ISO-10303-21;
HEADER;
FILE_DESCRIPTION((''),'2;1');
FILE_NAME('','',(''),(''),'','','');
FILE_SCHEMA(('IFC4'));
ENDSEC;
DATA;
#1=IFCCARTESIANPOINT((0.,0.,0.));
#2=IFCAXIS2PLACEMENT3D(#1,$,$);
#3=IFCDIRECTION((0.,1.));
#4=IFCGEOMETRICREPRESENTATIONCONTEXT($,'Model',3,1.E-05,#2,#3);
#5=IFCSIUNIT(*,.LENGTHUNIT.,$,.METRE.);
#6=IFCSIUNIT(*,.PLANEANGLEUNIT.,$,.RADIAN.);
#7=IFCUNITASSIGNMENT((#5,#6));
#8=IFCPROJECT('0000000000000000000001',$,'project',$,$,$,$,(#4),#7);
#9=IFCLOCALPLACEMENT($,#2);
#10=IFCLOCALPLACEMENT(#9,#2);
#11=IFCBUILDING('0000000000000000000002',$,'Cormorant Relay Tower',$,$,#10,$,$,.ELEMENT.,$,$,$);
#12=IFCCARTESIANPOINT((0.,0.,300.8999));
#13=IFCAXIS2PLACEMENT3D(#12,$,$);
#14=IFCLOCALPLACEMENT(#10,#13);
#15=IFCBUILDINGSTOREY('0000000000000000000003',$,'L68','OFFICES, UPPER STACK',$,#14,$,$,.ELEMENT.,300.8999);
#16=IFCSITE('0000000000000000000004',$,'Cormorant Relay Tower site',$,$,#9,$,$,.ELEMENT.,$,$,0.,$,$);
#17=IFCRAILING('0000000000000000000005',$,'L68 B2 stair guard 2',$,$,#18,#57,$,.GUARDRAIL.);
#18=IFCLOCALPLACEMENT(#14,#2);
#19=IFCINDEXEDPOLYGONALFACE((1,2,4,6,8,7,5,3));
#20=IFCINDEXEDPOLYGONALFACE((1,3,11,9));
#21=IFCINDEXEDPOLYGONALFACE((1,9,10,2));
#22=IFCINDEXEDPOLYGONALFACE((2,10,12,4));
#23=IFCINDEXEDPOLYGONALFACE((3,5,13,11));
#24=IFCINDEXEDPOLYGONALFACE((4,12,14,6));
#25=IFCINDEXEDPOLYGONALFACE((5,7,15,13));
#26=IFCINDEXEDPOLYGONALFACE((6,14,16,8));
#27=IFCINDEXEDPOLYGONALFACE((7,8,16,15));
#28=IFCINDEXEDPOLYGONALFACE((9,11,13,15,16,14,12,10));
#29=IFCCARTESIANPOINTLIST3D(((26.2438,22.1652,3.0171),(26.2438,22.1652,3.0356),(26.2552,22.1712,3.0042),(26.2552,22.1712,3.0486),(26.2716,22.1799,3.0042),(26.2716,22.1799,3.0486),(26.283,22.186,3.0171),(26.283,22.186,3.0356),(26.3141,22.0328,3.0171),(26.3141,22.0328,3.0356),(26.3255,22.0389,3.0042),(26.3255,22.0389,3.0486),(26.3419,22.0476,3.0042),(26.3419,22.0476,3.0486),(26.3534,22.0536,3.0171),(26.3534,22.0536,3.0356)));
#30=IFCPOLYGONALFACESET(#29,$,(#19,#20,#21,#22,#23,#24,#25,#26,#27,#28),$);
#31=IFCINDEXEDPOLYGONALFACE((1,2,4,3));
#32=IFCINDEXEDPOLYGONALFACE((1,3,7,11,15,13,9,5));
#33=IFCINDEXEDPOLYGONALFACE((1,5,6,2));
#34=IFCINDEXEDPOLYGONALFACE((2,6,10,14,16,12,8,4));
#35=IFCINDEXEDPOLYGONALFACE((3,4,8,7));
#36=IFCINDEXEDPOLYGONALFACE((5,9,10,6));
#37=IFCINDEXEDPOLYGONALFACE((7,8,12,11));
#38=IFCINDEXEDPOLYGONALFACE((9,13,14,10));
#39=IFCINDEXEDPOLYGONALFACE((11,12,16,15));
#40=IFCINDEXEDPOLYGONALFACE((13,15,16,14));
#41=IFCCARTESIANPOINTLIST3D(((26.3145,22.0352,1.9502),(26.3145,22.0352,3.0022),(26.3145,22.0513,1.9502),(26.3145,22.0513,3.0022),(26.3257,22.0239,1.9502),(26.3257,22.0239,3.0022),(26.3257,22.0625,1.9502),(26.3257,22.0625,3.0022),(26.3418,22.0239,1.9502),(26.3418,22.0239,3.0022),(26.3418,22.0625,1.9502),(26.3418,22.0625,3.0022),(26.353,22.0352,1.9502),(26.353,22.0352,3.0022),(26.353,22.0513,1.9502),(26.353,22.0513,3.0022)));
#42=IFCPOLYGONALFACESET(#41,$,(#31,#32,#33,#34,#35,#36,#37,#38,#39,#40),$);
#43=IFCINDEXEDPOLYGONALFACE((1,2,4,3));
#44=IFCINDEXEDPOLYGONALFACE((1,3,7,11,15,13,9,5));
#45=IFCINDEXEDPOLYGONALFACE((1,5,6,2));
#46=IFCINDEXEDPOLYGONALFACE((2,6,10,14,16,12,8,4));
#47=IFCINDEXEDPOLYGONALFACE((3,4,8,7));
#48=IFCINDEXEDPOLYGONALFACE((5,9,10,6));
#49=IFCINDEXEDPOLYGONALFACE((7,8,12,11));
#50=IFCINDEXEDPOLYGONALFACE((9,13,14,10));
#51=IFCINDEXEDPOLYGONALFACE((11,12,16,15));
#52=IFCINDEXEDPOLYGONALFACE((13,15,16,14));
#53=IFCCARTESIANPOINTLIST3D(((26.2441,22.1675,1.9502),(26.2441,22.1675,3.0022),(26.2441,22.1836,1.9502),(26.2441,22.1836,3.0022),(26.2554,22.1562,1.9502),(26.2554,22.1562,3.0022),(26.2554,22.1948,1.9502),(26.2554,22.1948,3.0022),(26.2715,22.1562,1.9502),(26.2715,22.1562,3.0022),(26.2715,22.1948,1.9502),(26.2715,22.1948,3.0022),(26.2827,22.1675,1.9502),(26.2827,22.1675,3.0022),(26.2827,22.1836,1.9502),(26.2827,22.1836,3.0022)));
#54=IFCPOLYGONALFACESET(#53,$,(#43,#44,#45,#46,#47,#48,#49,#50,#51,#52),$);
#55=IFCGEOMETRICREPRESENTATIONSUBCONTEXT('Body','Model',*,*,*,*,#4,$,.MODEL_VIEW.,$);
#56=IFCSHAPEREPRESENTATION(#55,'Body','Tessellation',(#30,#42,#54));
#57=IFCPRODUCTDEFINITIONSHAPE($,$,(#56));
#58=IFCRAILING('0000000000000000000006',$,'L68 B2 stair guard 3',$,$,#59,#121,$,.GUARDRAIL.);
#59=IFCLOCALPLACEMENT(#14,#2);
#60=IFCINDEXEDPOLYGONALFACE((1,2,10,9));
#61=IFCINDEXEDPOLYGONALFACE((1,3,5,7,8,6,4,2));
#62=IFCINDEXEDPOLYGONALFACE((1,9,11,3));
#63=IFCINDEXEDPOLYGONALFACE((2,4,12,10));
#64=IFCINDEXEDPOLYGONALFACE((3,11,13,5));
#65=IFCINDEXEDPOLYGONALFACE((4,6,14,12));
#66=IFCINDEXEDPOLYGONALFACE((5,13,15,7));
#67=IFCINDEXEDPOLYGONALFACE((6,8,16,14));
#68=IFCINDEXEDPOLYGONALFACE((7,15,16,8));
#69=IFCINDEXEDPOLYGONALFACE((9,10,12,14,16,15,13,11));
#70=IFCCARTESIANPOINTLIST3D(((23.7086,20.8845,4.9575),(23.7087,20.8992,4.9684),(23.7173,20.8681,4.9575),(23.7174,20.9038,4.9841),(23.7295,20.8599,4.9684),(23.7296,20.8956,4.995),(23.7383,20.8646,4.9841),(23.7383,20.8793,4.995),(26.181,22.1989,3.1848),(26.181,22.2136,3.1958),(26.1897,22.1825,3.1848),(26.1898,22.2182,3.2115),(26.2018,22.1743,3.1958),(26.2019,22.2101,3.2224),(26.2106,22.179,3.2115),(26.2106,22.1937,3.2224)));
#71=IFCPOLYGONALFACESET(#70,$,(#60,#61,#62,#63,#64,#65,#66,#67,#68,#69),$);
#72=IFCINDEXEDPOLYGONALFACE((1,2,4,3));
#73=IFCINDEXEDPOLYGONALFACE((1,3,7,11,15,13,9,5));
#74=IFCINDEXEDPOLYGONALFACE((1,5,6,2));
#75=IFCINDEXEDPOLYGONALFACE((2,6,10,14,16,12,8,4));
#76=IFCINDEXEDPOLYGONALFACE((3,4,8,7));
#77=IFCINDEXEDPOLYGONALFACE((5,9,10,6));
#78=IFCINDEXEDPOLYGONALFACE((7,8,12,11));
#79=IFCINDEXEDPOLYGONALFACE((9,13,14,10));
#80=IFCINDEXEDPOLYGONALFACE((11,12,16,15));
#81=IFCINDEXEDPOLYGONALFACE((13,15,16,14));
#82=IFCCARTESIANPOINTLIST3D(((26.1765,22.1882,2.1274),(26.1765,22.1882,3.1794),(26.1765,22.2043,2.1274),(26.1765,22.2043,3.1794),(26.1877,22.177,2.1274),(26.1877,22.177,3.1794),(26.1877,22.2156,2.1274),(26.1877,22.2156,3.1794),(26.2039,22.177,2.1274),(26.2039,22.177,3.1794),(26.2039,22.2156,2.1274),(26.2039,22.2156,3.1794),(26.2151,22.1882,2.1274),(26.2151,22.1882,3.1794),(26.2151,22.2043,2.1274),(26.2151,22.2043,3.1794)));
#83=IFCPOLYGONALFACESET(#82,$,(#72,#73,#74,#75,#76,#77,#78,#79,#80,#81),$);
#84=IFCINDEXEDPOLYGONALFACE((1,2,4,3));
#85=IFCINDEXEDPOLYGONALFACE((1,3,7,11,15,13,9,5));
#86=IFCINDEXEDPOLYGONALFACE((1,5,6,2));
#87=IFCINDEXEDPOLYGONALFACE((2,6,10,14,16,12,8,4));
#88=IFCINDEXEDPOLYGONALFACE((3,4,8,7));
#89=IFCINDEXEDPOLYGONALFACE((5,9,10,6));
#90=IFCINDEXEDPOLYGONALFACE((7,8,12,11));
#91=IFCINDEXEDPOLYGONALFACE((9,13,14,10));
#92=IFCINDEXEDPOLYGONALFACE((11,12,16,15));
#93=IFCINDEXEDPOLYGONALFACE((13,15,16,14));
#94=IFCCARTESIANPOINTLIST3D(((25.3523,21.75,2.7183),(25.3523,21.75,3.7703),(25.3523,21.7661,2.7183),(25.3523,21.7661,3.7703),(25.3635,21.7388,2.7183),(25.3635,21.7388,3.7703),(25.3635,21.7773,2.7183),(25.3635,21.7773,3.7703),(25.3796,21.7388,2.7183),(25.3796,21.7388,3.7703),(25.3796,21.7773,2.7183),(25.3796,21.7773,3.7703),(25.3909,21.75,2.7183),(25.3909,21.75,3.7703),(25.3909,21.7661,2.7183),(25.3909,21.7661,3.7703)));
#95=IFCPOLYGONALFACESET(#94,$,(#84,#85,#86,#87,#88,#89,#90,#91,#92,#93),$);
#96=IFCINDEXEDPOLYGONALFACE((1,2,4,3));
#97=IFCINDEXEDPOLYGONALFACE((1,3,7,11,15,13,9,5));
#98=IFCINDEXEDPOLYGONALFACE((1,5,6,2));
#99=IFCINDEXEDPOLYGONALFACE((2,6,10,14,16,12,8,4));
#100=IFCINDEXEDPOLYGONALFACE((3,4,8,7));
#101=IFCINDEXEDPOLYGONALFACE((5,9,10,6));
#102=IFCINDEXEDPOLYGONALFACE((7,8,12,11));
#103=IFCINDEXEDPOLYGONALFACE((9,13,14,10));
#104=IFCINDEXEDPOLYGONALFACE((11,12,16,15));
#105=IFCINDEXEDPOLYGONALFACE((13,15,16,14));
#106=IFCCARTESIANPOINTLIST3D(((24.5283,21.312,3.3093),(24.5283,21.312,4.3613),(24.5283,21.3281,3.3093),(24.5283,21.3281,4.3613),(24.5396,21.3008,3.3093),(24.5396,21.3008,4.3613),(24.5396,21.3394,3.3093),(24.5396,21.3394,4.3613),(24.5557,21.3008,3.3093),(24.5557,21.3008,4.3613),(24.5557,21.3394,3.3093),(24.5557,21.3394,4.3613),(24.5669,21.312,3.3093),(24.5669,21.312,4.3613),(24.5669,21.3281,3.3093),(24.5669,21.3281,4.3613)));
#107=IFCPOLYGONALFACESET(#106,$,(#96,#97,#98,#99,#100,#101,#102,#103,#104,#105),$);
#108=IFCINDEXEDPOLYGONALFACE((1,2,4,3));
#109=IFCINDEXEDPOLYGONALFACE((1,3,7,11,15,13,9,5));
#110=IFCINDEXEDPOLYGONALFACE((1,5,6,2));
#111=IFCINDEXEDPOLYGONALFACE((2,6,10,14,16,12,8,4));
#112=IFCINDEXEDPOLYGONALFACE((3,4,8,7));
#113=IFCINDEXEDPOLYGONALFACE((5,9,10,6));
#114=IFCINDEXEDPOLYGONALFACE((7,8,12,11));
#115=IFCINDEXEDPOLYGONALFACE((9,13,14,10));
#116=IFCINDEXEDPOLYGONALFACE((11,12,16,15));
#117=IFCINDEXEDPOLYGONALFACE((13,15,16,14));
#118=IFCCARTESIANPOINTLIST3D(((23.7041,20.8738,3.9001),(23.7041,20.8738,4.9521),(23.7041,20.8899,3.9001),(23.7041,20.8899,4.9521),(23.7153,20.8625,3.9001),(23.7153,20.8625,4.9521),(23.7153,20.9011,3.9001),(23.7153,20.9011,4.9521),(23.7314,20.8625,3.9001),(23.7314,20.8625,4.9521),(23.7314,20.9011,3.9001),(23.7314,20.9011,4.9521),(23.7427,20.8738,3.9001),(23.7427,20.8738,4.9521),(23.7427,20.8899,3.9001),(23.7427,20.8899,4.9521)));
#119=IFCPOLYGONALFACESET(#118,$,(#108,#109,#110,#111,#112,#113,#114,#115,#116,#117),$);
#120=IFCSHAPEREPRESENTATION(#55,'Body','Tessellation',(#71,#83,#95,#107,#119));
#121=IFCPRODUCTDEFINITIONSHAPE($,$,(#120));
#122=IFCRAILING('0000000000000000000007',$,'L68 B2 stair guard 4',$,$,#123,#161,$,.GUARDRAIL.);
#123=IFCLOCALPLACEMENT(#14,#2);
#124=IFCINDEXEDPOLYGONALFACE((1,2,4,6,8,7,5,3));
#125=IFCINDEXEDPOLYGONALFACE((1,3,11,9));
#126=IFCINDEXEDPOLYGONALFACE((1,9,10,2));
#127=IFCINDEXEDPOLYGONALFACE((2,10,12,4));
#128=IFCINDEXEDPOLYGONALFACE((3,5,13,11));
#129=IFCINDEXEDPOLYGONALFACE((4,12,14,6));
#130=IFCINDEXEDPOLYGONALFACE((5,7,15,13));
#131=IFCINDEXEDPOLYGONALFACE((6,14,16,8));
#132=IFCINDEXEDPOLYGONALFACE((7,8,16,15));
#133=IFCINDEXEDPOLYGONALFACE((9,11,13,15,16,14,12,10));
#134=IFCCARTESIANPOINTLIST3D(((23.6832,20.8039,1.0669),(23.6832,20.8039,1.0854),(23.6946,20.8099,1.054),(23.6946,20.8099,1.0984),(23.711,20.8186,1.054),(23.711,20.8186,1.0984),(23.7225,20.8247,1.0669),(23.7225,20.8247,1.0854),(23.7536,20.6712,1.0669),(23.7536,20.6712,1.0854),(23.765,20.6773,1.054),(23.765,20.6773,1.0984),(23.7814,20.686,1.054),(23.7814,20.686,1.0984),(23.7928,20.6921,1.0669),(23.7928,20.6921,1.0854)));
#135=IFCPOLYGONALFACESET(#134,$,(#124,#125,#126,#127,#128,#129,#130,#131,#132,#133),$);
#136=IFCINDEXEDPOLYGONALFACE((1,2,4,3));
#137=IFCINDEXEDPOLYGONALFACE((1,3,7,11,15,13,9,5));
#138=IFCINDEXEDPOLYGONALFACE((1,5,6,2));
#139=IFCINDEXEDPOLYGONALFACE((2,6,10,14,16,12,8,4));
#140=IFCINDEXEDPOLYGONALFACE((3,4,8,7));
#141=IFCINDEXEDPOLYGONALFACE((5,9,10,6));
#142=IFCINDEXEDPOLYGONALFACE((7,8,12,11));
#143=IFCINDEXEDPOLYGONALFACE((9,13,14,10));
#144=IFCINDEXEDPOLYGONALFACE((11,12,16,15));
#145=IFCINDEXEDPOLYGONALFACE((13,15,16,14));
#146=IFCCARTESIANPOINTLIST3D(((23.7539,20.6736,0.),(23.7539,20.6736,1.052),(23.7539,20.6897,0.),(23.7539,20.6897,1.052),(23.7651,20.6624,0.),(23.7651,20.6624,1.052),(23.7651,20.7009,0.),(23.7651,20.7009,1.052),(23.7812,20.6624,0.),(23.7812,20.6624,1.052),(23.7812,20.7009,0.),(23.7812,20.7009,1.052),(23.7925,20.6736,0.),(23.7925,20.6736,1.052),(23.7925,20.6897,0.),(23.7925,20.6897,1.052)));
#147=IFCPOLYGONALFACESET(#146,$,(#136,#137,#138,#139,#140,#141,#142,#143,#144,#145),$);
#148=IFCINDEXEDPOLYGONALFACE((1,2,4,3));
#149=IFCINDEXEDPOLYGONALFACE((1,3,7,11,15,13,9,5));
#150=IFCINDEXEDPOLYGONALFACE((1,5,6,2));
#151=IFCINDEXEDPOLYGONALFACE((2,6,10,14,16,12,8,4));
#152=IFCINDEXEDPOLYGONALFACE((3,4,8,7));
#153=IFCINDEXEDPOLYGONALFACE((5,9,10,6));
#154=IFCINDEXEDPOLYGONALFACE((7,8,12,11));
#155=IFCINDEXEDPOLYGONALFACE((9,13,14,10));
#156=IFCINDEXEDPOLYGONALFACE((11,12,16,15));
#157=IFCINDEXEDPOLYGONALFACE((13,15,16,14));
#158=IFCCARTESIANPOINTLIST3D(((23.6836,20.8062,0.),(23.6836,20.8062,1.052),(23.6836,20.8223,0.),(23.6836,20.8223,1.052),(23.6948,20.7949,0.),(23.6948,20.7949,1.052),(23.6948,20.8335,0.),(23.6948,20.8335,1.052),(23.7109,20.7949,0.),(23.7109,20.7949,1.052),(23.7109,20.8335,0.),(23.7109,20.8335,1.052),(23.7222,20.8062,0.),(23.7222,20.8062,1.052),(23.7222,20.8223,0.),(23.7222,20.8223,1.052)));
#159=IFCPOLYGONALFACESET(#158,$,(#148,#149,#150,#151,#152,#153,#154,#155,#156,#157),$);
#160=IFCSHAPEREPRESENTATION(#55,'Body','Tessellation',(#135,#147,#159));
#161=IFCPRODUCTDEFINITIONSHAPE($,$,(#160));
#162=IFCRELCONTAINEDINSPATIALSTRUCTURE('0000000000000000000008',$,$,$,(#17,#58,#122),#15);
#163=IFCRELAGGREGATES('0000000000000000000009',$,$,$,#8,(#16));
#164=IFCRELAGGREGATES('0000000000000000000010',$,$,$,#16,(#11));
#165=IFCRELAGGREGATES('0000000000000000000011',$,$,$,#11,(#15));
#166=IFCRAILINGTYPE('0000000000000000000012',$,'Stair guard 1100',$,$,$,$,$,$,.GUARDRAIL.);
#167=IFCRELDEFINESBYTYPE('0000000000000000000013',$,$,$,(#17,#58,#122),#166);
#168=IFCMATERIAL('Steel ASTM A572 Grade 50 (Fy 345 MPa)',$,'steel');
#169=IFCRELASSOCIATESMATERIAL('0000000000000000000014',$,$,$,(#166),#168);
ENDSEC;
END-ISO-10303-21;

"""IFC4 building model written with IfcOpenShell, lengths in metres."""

from ifc_helpers import new_model, si_unit, direction, frame, origin, place, context, subcontext, project, spatial, polyline, outline, extrude, material, type_object, element, save


model = new_model("IFC4")

# Units and contexts
model_context = context("Model", 3, precision=1e-05, world=origin(), true_north=direction((0.0, 1.0)))
body_context = subcontext(model_context, "Body", "Model", "MODEL_VIEW")
ifc_project = project(units=[si_unit("LENGTHUNIT", "METRE"), si_unit("PLANEANGLEUNIT", "RADIAN")], contexts=[model_context])

# Site, building, storey
site_placement = place(None, origin())
site = spatial("IfcSite", under=ifc_project, at=site_placement, Name="Cormorant Relay Tower site", CompositionType="ELEMENT", RefElevation=0.0)
building_placement = place(site_placement, origin())
building = spatial("IfcBuilding", under=site, at=building_placement, Name="Cormorant Relay Tower", CompositionType="ELEMENT")
storey_placement = place(building_placement, frame((0.0, 0.0, 300.8999)))
storey = spatial("IfcBuildingStorey", under=building, at=storey_placement, Name="L68", Description="OFFICES, UPPER STACK", CompositionType="ELEMENT", Elevation=300.8999)

# Railings
ifc_material_1 = material(Name="Steel ASTM A572 Grade 50 (Fy 345 MPa)", Category="steel")
railing_type_1 = type_object("IfcRailingType", Name="Stair guard 1100", PredefinedType="GUARDRAIL", material=ifc_material_1)
railing_1_placement = place(storey_placement, frame((26.3337, 22.0432, 1.9502)))
element("IfcRailing", 1, at=railing_1_placement, inside=storey, type_object=railing_type_1, Name="L68 B2 stair guard 2", PredefinedType="GUARDRAIL", context=body_context, shape_type="SweptSolid", body=[
    extrude(outline(polyline([(0.0222, 0.0093), (0.0093, 0.0222), (-0.0093, 0.0222), (-0.0222, 0.0093), (-0.0222, -0.0093), (-0.0093, -0.0222), (0.0093, -0.0222), (0.0222, -0.0093), (0.0222, 0.0093)])), frame((0.0, 0.0, 1.0762), z_axis=(-0.469235, 0.883074, 0.0), x_axis=(-0.883074, -0.469235, 0.0)), (0.0, 0.0, 1.0), 0.1499),
    extrude(outline(polyline([(0.0193, 0.0081), (0.0081, 0.0193), (-0.0081, 0.0193), (-0.0193, 0.0081), (-0.0193, -0.0081), (-0.0081, -0.0193), (0.0081, -0.0193), (0.0193, -0.0081), (0.0193, 0.0081)])), origin(), (0.0, 0.0, 1.0), 1.052),
    extrude(outline(polyline([(0.0193, 0.0081), (0.0081, 0.0193), (-0.0081, 0.0193), (-0.0193, 0.0081), (-0.0193, -0.0081), (-0.0081, -0.0193), (0.0081, -0.0193), (0.0193, -0.0081), (0.0193, 0.0081)])), frame((-0.0703, 0.1323, 0.0)), (0.0, 0.0, 1.0), 1.052),
])
railing_2_placement = place(storey_placement, frame((26.1958, 22.1963, 2.1274)))
element("IfcRailing", 2, at=railing_2_placement, inside=storey, type_object=railing_type_1, Name="L68 B2 stair guard 3", PredefinedType="GUARDRAIL", context=body_context, shape_type="SweptSolid", body=[
    extrude(outline(polyline([(0.0222, 0.0093), (0.0093, 0.0222), (-0.0093, 0.0222), (-0.0222, 0.0093), (-0.0222, -0.0093), (-0.0093, -0.0222), (0.0093, -0.0222), (0.0222, -0.0093), (0.0222, 0.0093)])), frame((0.0, 0.0, 1.0762), z_axis=(-0.746034, -0.396627, 0.534902), x_axis=(0.469429, -0.88297, 0.0)), (0.0, 0.0, 1.0), 3.314),
    extrude(outline(polyline([(0.0193, 0.0081), (0.0081, 0.0193), (-0.0081, 0.0193), (-0.0193, 0.0081), (-0.0193, -0.0081), (-0.0081, -0.0193), (0.0081, -0.0193), (0.0193, -0.0081), (0.0193, 0.0081)])), origin(), (0.0, 0.0, 1.0), 1.052),
    extrude(outline(polyline([(0.0193, 0.0081), (0.0081, 0.0193), (-0.0081, 0.0193), (-0.0193, 0.0081), (-0.0193, -0.0081), (-0.0081, -0.0193), (0.0081, -0.0193), (0.0193, -0.0081), (0.0193, 0.0081)])), frame((-0.8242, -0.4382, 0.5908)), (0.0, 0.0, 1.0), 1.052),
    extrude(outline(polyline([(0.0193, 0.0081), (0.0081, 0.0193), (-0.0081, 0.0193), (-0.0193, 0.0081), (-0.0193, -0.0081), (-0.0081, -0.0193), (0.0081, -0.0193), (0.0193, -0.0081), (0.0193, 0.0081)])), frame((-1.6482, -0.8762, 1.1819)), (0.0, 0.0, 1.0), 1.052),
    extrude(outline(polyline([(0.0193, 0.0081), (0.0081, 0.0193), (-0.0081, 0.0193), (-0.0193, 0.0081), (-0.0193, -0.0081), (-0.0081, -0.0193), (0.0081, -0.0193), (0.0193, -0.0081), (0.0193, 0.0081)])), frame((-2.4724, -1.3145, 1.7727)), (0.0, 0.0, 1.0), 1.052),
])
railing_3_placement = place(storey_placement, frame((23.7732, 20.6816, 0.0)))
element("IfcRailing", 3, at=railing_3_placement, inside=storey, type_object=railing_type_1, Name="L68 B2 stair guard 4", PredefinedType="GUARDRAIL", context=body_context, shape_type="SweptSolid", body=[
    extrude(outline(polyline([(0.0222, 0.0093), (0.0093, 0.0222), (-0.0093, 0.0222), (-0.0222, 0.0093), (-0.0222, -0.0093), (-0.0093, -0.0222), (0.0093, -0.0222), (0.0222, -0.0093), (0.0222, 0.0093)])), frame((0.0, 0.0, 1.0762), z_axis=(-0.46856, 0.883431, 0.0), x_axis=(-0.883431, -0.46856, 0.0)), (0.0, 0.0, 1.0), 0.1501),
    extrude(outline(polyline([(0.0193, 0.0081), (0.0081, 0.0193), (-0.0081, 0.0193), (-0.0193, 0.0081), (-0.0193, -0.0081), (-0.0081, -0.0193), (0.0081, -0.0193), (0.0193, -0.0081), (0.0193, 0.0081)])), origin(), (0.0, 0.0, 1.0), 1.052),
    extrude(outline(polyline([(0.0193, 0.0081), (0.0081, 0.0193), (-0.0081, 0.0193), (-0.0193, 0.0081), (-0.0193, -0.0081), (-0.0081, -0.0193), (0.0081, -0.0193), (0.0193, -0.0081), (0.0193, 0.0081)])), frame((-0.0703, 0.1326, 0.0)), (0.0, 0.0, 1.0), 1.052),
])

save(model, "model.ifc")
